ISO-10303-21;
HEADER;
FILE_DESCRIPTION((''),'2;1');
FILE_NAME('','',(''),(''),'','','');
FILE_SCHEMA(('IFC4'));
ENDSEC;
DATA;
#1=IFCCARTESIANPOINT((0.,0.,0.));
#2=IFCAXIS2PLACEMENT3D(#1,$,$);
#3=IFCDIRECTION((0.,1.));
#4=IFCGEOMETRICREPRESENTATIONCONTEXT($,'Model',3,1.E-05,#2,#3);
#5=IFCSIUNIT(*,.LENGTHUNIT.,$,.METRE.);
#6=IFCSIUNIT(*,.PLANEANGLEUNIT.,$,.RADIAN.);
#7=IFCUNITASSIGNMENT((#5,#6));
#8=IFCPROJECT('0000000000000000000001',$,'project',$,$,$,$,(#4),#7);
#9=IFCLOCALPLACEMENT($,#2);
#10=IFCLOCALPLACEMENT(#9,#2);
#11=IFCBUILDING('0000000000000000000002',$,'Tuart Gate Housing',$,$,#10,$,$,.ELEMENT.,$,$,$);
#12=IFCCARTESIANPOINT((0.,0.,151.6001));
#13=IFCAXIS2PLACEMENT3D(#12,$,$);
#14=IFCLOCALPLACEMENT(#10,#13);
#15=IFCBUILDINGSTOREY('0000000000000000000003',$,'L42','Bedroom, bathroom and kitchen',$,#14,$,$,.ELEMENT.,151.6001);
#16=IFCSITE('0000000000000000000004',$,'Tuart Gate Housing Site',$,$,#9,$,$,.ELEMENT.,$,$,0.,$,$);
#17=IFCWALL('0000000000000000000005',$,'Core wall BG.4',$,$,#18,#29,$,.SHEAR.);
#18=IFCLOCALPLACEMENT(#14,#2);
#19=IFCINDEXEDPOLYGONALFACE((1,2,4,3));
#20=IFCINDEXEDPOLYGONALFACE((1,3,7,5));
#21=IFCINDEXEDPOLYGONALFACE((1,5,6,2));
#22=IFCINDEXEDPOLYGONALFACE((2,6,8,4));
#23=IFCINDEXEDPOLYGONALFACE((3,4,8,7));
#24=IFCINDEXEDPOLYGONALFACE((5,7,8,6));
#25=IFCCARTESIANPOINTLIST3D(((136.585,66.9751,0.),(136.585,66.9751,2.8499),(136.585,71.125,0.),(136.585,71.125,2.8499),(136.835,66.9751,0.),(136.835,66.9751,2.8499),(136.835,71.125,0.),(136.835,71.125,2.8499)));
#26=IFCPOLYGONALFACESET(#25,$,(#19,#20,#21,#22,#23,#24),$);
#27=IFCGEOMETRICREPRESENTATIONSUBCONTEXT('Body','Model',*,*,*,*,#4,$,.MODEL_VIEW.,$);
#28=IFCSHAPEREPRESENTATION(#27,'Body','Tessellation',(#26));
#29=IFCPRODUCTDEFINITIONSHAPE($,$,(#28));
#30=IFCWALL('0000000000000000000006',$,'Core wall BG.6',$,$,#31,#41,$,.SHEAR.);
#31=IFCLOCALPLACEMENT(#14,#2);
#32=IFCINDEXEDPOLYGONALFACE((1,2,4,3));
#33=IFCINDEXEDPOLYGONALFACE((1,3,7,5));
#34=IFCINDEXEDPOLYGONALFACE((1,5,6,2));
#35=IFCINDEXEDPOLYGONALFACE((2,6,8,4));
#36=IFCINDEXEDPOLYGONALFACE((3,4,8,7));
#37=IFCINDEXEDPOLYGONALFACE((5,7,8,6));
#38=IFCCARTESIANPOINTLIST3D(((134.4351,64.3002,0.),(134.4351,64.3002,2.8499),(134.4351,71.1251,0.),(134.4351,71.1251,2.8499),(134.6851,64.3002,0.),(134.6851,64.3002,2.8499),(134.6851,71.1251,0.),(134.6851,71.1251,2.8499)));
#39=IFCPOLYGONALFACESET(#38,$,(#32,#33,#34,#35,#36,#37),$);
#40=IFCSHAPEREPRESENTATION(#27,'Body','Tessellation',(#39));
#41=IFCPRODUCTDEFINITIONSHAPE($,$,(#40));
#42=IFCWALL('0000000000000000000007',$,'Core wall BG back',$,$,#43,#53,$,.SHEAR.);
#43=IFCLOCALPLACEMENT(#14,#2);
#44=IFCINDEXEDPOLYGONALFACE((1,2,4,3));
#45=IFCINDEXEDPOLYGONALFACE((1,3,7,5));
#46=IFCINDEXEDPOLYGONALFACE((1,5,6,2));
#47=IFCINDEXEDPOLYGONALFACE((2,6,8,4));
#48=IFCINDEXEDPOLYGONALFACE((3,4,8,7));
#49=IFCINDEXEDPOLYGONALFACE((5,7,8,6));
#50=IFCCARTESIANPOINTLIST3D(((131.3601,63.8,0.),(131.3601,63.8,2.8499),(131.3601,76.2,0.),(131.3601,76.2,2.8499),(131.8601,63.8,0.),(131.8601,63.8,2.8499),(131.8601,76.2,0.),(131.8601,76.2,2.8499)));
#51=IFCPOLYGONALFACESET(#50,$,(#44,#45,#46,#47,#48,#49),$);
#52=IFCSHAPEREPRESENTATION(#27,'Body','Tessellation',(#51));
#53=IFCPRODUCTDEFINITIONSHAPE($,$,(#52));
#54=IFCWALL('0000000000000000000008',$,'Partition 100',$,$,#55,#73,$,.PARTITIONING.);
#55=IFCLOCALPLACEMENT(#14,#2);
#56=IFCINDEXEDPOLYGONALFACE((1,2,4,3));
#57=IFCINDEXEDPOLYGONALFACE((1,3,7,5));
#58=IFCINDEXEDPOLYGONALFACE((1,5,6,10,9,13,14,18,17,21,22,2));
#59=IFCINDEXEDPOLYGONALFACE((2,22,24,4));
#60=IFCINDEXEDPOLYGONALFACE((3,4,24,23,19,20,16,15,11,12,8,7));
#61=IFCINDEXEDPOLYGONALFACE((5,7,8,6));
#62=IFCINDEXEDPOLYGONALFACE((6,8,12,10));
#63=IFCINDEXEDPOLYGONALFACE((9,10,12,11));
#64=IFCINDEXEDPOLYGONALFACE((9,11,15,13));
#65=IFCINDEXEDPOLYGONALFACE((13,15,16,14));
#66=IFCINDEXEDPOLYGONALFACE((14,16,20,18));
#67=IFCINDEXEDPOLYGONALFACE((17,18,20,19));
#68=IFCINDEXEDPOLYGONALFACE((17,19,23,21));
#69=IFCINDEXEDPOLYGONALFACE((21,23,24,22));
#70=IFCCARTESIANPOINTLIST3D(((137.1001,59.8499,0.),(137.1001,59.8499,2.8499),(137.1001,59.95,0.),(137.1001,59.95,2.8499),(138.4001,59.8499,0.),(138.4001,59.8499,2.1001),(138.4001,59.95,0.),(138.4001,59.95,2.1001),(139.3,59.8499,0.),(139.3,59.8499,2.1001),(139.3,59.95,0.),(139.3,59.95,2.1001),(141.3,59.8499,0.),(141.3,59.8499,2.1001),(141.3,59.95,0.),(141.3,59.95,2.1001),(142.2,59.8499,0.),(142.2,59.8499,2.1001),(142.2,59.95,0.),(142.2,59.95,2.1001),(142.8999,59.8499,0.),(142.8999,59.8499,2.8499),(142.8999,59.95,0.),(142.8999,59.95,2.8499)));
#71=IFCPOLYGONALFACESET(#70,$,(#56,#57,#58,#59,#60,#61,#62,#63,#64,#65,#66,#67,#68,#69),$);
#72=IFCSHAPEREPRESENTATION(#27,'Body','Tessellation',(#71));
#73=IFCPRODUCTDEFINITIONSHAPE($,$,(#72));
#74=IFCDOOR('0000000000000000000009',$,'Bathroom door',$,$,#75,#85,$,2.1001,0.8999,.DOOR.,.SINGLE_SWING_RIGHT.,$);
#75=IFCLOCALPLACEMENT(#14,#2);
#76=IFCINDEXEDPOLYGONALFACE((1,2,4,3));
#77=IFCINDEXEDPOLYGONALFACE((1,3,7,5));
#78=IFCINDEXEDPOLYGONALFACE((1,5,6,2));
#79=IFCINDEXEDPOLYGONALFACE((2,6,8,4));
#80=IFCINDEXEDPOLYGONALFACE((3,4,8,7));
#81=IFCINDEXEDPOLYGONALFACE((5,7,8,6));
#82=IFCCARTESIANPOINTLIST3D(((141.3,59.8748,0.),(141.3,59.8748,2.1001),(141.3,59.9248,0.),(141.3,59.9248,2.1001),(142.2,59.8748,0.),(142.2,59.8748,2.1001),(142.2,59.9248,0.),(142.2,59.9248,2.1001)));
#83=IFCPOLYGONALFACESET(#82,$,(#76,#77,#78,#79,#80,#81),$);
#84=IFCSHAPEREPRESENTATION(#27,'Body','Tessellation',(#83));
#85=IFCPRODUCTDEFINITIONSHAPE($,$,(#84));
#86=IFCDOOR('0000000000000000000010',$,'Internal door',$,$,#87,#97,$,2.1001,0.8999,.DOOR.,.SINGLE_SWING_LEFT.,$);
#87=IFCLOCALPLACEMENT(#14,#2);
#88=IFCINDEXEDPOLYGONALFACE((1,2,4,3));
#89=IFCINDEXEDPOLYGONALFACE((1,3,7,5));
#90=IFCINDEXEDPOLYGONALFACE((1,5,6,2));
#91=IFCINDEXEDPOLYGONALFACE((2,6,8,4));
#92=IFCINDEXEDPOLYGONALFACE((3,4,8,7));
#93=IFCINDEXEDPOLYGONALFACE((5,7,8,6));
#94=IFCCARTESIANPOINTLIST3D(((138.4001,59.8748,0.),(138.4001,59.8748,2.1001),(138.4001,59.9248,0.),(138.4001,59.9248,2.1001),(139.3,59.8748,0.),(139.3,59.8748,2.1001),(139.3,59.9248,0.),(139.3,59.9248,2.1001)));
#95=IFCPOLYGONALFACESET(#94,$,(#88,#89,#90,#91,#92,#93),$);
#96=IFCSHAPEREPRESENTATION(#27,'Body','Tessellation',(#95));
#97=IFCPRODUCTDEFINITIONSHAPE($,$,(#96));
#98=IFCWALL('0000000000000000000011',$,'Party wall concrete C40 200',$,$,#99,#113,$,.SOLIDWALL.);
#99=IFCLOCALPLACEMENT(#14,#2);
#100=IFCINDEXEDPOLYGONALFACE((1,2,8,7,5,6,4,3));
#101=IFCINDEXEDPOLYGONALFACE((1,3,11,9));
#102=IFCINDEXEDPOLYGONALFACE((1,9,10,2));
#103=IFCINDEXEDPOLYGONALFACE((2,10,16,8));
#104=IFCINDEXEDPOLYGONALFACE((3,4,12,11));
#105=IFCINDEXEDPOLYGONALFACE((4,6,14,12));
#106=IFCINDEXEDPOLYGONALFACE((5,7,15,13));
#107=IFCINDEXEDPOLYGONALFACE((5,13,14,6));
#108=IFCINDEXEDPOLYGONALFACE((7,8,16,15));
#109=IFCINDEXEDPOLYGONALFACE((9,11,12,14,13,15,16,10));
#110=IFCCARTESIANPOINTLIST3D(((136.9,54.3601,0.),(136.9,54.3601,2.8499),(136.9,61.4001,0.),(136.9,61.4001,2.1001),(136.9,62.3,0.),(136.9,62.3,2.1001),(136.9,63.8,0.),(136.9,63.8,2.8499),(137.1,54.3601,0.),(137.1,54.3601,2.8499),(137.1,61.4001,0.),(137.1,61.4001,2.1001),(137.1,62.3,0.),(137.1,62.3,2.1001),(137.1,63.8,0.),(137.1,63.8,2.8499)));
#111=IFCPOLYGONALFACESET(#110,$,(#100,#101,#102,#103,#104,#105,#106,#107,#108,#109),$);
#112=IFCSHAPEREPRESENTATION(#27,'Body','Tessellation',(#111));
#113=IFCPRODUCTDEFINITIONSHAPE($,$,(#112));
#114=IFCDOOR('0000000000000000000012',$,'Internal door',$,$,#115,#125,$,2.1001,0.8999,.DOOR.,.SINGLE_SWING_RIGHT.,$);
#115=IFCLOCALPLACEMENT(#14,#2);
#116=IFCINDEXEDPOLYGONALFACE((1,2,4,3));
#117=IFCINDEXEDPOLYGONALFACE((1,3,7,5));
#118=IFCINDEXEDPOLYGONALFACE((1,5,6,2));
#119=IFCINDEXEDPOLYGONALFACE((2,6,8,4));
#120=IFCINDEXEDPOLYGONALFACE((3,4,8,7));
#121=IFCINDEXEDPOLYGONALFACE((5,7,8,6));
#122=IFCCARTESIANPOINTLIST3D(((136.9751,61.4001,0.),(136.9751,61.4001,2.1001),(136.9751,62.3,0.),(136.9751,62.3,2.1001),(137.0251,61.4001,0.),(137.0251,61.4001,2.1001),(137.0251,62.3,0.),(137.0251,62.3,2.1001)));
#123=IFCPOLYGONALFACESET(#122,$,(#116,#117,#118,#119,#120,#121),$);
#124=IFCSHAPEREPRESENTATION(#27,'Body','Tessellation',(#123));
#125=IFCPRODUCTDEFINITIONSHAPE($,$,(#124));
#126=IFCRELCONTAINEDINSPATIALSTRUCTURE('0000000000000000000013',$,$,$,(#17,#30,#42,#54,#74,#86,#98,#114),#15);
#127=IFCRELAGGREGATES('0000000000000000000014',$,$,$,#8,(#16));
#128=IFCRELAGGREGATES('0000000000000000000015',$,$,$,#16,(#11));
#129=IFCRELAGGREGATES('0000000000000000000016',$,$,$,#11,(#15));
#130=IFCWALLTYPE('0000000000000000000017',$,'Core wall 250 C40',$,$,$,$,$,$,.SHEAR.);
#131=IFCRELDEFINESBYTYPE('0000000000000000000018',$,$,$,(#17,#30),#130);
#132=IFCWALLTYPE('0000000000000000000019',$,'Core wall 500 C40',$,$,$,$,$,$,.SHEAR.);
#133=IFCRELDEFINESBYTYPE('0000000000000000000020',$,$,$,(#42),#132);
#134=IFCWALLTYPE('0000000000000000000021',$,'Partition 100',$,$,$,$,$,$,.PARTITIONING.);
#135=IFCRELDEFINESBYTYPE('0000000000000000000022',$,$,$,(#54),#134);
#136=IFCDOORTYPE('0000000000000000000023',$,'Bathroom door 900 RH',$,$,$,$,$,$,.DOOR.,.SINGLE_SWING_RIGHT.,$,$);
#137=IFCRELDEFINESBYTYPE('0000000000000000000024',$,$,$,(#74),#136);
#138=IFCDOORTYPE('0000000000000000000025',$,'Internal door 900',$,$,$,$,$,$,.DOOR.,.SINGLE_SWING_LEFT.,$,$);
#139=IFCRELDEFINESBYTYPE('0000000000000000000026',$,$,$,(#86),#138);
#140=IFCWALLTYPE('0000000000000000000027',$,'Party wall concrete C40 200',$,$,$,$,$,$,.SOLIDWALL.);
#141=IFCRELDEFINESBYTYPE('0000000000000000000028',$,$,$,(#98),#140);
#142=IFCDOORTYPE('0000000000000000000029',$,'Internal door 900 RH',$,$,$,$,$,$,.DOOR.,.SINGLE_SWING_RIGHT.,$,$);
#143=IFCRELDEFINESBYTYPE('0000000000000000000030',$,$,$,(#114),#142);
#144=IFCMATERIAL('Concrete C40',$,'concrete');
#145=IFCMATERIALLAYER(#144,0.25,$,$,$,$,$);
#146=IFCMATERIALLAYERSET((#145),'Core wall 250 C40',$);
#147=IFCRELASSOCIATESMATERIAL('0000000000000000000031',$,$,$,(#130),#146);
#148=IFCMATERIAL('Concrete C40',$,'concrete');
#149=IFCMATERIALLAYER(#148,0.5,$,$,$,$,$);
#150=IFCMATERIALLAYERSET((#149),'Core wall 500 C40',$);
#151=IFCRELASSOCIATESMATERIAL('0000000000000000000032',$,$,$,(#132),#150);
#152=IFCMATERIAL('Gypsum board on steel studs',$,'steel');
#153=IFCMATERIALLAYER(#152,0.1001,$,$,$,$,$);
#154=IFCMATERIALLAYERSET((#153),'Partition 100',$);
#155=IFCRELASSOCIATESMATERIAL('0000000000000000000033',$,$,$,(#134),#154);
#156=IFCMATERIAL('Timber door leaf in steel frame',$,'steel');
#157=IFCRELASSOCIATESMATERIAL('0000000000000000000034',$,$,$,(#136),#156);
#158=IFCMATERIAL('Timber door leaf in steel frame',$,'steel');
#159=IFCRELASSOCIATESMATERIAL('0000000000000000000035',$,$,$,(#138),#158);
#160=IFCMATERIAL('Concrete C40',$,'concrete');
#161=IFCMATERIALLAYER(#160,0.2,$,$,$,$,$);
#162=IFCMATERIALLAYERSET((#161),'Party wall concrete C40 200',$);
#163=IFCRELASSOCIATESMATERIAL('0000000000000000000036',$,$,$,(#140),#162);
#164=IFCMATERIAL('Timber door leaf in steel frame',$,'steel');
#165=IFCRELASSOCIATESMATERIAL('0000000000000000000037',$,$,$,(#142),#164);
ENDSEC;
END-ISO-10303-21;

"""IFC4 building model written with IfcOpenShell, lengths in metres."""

from ifc_helpers import new_model, si_unit, direction, frame, frame_2d, origin, place, context, subcontext, project, spatial, rectangle, extrude, material, layer, layer_set, type_object, element, fill, save


model = new_model("IFC4")

# Units and contexts
model_context = context("Model", 3, precision=1e-05, world=origin(), true_north=direction((0.0, 1.0)))
body_context = subcontext(model_context, "Body", "Model", "MODEL_VIEW")
ifc_project = project(units=[si_unit("LENGTHUNIT", "METRE"), si_unit("PLANEANGLEUNIT", "RADIAN")], contexts=[model_context])

# Site, building, storey
site_placement = place(None, origin())
site = spatial("IfcSite", under=ifc_project, at=site_placement, Name="Tuart Gate Housing Site", CompositionType="ELEMENT", RefElevation=0.0)
building_placement = place(site_placement, origin())
building = spatial("IfcBuilding", under=site, at=building_placement, Name="Tuart Gate Housing", CompositionType="ELEMENT")
storey_placement = place(building_placement, frame((0.0, 0.0, 151.6001)))
storey = spatial("IfcBuildingStorey", under=building, at=storey_placement, Name="L42", Description="Bedroom, bathroom and kitchen", CompositionType="ELEMENT", Elevation=151.6001)

# Walls
ifc_material_1 = material(Name="Concrete C40", Category="concrete")
ifc_layer_1 = layer(ifc_material_1, 0.25)
ifc_layer_set_1 = layer_set([ifc_layer_1], Name="Core wall 250 C40")
wall_type_1 = type_object("IfcWallType", Name="Core wall 250 C40", PredefinedType="SHEAR", material=ifc_layer_set_1)
wall_1_placement = place(storey_placement, frame((136.71, 66.9751, 0.0), z_axis=(0.0, 0.0, 1.0), x_axis=(0.0, 1.0, 0.0)))
element("IfcWall", 1, at=wall_1_placement, inside=storey, type_object=wall_type_1, Name="Core wall BG.4", PredefinedType="SHEAR", context=body_context, shape_type="SweptSolid", body=[
    extrude(rectangle(XDim=4.1499, YDim=0.25, at=frame_2d((2.075, 0.0))), origin(), (0.0, 0.0, 1.0), 2.8499),
])
wall_2_placement = place(storey_placement, frame((134.5601, 64.3, 0.0), z_axis=(0.0, 0.0, 1.0), x_axis=(0.0, 1.0, 0.0)))
element("IfcWall", 2, at=wall_2_placement, inside=storey, type_object=wall_type_1, Name="Core wall BG.6", PredefinedType="SHEAR", context=body_context, shape_type="SweptSolid", body=[
    extrude(rectangle(XDim=6.825, YDim=0.25, at=frame_2d((3.4126, 0.0))), origin(), (0.0, 0.0, 1.0), 2.8499),
])
ifc_material_2 = material(Name="Concrete C40", Category="concrete")
ifc_layer_2 = layer(ifc_material_2, 0.5)
ifc_layer_set_2 = layer_set([ifc_layer_2], Name="Core wall 500 C40")
wall_type_2 = type_object("IfcWallType", Name="Core wall 500 C40", PredefinedType="SHEAR", material=ifc_layer_set_2)
wall_3_placement = place(storey_placement, frame((131.6101, 63.8, 0.0), z_axis=(0.0, 0.0, 1.0), x_axis=(0.0, 1.0, 0.0)))
element("IfcWall", 3, at=wall_3_placement, inside=storey, type_object=wall_type_2, Name="Core wall BG back", PredefinedType="SHEAR", context=body_context, shape_type="SweptSolid", body=[
    extrude(rectangle(XDim=12.3999, YDim=0.5, at=frame_2d((6.2, 0.0))), origin(), (0.0, 0.0, 1.0), 2.8499),
])

# Wall, openings, doors
ifc_material_3 = material(Name="Gypsum board on steel studs", Category="steel")
ifc_layer_3 = layer(ifc_material_3, 0.1001)
ifc_layer_set_3 = layer_set([ifc_layer_3], Name="Partition 100")
wall_type_3 = type_object("IfcWallType", Name="Partition 100", PredefinedType="PARTITIONING", material=ifc_layer_set_3)
wall_4_placement = place(storey_placement, frame((137.1001, 59.8999, 0.0), z_axis=(0.0, 0.0, 1.0), x_axis=(1.0, 0.0, 0.0)))
wall_4 = element("IfcWall", 4, at=wall_4_placement, inside=storey, type_object=wall_type_3, Name="Partition 100", PredefinedType="PARTITIONING", context=body_context, shape_type="SweptSolid", body=[
    extrude(rectangle(XDim=5.7998, YDim=0.1001, at=frame_2d((2.8999, 0.0))), origin(), (0.0, 0.0, 1.0), 2.8499),
])
opening_1_placement = place(wall_4_placement, frame((1.3, 0.0, 0.0)))
opening_1 = element("IfcOpeningElement", 5, at=opening_1_placement, cuts=wall_4, PredefinedType="OPENING", context=body_context, shape_type="SweptSolid", body=[
    extrude(rectangle(XDim=0.8999, YDim=2.1001, at=frame_2d((0.45, 1.05))), frame((0.0, 0.0601, 0.0), z_axis=(0.0, -1.0, 0.0), x_axis=(1.0, 0.0, 0.0)), (0.0, 0.0, 1.0), 0.1201),
])
opening_2_placement = place(wall_4_placement, frame((4.2, 0.0, 0.0)))
opening_2 = element("IfcOpeningElement", 6, at=opening_2_placement, cuts=wall_4, PredefinedType="OPENING", context=body_context, shape_type="SweptSolid", body=[
    extrude(rectangle(XDim=0.8999, YDim=2.1001, at=frame_2d((0.45, 1.05))), frame((0.0, 0.0601, 0.0), z_axis=(0.0, -1.0, 0.0), x_axis=(1.0, 0.0, 0.0)), (0.0, 0.0, 1.0), 0.1201),
])
ifc_material_4 = material(Name="Timber door leaf in steel frame", Category="steel")
door_type_1 = type_object("IfcDoorType", Name="Bathroom door 900 RH", OperationType="SINGLE_SWING_RIGHT", PredefinedType="DOOR", material=ifc_material_4)
door_1_placement = place(opening_2_placement, frame((0.8999, 0.0, 0.0), z_axis=(0.0, 0.0, 1.0), x_axis=(-1.0, 0.0, 0.0)))
door_1 = element("IfcDoor", 7, at=door_1_placement, inside=storey, type_object=door_type_1, Name="Bathroom door", OperationType="SINGLE_SWING_RIGHT", OverallHeight=2.1001, OverallWidth=0.8999, PredefinedType="DOOR", context=body_context, shape_type="SweptSolid", body=[
    extrude(rectangle(XDim=0.8999, YDim=2.1001, at=frame_2d((0.45, 1.05))), frame((0.0, 0.0251, 0.0), z_axis=(0.0, -1.0, 0.0), x_axis=(1.0, 0.0, 0.0)), (0.0, 0.0, 1.0), 0.05),
])
fill(opening_2, door_1)
ifc_material_5 = material(Name="Timber door leaf in steel frame", Category="steel")
door_type_2 = type_object("IfcDoorType", Name="Internal door 900", OperationType="SINGLE_SWING_LEFT", PredefinedType="DOOR", material=ifc_material_5)
door_2_placement = place(opening_1_placement, frame((0.8999, 0.0, 0.0), z_axis=(0.0, 0.0, 1.0), x_axis=(-1.0, 0.0, 0.0)))
door_2 = element("IfcDoor", 8, at=door_2_placement, inside=storey, type_object=door_type_2, Name="Internal door", OperationType="SINGLE_SWING_LEFT", OverallHeight=2.1001, OverallWidth=0.8999, PredefinedType="DOOR", context=body_context, shape_type="SweptSolid", body=[
    extrude(rectangle(XDim=0.8999, YDim=2.1001, at=frame_2d((0.45, 1.05))), frame((0.0, 0.0251, 0.0), z_axis=(0.0, -1.0, 0.0), x_axis=(1.0, 0.0, 0.0)), (0.0, 0.0, 1.0), 0.05),
])
fill(opening_1, door_2)

# Wall, opening, door
ifc_material_6 = material(Name="Concrete C40", Category="concrete")
ifc_layer_4 = layer(ifc_material_6, 0.2)
ifc_layer_set_4 = layer_set([ifc_layer_4], Name="Party wall concrete C40 200")
wall_type_4 = type_object("IfcWallType", Name="Party wall concrete C40 200", PredefinedType="SOLIDWALL", material=ifc_layer_set_4)
wall_5_placement = place(storey_placement, frame((137.0, 54.3601, 0.0), z_axis=(0.0, 0.0, 1.0), x_axis=(0.0, 1.0, 0.0)))
wall_5 = element("IfcWall", 9, at=wall_5_placement, inside=storey, type_object=wall_type_4, Name="Party wall concrete C40 200", PredefinedType="SOLIDWALL", context=body_context, shape_type="SweptSolid", body=[
    extrude(rectangle(XDim=9.4399, YDim=0.2, at=frame_2d((4.72, 0.0))), origin(), (0.0, 0.0, 1.0), 2.8499),
])
opening_3_placement = place(wall_5_placement, frame((7.04, 0.0, 0.0)))
opening_3 = element("IfcOpeningElement", 10, at=opening_3_placement, cuts=wall_5, PredefinedType="OPENING", context=body_context, shape_type="SweptSolid", body=[
    extrude(rectangle(XDim=0.8999, YDim=2.1001, at=frame_2d((0.45, 1.05))), frame((0.0, 0.1099, 0.0), z_axis=(0.0, -1.0, 0.0), x_axis=(1.0, 0.0, 0.0)), (0.0, 0.0, 1.0), 0.22),
])
ifc_material_7 = material(Name="Timber door leaf in steel frame", Category="steel")
door_type_3 = type_object("IfcDoorType", Name="Internal door 900 RH", OperationType="SINGLE_SWING_RIGHT", PredefinedType="DOOR", material=ifc_material_7)
door_3_placement = place(opening_3_placement, frame((0.8999, 0.0, 0.0), z_axis=(0.0, 0.0, 1.0), x_axis=(-1.0, 0.0, 0.0)))
door_3 = element("IfcDoor", 11, at=door_3_placement, inside=storey, type_object=door_type_3, Name="Internal door", OperationType="SINGLE_SWING_RIGHT", OverallHeight=2.1001, OverallWidth=0.8999, PredefinedType="DOOR", context=body_context, shape_type="SweptSolid", body=[
    extrude(rectangle(XDim=0.8999, YDim=2.1001, at=frame_2d((0.45, 1.05))), frame((0.0, 0.0251, 0.0), z_axis=(0.0, -1.0, 0.0), x_axis=(1.0, 0.0, 0.0)), (0.0, 0.0, 1.0), 0.05),
])
fill(opening_3, door_3)

save(model, "model.ifc")
